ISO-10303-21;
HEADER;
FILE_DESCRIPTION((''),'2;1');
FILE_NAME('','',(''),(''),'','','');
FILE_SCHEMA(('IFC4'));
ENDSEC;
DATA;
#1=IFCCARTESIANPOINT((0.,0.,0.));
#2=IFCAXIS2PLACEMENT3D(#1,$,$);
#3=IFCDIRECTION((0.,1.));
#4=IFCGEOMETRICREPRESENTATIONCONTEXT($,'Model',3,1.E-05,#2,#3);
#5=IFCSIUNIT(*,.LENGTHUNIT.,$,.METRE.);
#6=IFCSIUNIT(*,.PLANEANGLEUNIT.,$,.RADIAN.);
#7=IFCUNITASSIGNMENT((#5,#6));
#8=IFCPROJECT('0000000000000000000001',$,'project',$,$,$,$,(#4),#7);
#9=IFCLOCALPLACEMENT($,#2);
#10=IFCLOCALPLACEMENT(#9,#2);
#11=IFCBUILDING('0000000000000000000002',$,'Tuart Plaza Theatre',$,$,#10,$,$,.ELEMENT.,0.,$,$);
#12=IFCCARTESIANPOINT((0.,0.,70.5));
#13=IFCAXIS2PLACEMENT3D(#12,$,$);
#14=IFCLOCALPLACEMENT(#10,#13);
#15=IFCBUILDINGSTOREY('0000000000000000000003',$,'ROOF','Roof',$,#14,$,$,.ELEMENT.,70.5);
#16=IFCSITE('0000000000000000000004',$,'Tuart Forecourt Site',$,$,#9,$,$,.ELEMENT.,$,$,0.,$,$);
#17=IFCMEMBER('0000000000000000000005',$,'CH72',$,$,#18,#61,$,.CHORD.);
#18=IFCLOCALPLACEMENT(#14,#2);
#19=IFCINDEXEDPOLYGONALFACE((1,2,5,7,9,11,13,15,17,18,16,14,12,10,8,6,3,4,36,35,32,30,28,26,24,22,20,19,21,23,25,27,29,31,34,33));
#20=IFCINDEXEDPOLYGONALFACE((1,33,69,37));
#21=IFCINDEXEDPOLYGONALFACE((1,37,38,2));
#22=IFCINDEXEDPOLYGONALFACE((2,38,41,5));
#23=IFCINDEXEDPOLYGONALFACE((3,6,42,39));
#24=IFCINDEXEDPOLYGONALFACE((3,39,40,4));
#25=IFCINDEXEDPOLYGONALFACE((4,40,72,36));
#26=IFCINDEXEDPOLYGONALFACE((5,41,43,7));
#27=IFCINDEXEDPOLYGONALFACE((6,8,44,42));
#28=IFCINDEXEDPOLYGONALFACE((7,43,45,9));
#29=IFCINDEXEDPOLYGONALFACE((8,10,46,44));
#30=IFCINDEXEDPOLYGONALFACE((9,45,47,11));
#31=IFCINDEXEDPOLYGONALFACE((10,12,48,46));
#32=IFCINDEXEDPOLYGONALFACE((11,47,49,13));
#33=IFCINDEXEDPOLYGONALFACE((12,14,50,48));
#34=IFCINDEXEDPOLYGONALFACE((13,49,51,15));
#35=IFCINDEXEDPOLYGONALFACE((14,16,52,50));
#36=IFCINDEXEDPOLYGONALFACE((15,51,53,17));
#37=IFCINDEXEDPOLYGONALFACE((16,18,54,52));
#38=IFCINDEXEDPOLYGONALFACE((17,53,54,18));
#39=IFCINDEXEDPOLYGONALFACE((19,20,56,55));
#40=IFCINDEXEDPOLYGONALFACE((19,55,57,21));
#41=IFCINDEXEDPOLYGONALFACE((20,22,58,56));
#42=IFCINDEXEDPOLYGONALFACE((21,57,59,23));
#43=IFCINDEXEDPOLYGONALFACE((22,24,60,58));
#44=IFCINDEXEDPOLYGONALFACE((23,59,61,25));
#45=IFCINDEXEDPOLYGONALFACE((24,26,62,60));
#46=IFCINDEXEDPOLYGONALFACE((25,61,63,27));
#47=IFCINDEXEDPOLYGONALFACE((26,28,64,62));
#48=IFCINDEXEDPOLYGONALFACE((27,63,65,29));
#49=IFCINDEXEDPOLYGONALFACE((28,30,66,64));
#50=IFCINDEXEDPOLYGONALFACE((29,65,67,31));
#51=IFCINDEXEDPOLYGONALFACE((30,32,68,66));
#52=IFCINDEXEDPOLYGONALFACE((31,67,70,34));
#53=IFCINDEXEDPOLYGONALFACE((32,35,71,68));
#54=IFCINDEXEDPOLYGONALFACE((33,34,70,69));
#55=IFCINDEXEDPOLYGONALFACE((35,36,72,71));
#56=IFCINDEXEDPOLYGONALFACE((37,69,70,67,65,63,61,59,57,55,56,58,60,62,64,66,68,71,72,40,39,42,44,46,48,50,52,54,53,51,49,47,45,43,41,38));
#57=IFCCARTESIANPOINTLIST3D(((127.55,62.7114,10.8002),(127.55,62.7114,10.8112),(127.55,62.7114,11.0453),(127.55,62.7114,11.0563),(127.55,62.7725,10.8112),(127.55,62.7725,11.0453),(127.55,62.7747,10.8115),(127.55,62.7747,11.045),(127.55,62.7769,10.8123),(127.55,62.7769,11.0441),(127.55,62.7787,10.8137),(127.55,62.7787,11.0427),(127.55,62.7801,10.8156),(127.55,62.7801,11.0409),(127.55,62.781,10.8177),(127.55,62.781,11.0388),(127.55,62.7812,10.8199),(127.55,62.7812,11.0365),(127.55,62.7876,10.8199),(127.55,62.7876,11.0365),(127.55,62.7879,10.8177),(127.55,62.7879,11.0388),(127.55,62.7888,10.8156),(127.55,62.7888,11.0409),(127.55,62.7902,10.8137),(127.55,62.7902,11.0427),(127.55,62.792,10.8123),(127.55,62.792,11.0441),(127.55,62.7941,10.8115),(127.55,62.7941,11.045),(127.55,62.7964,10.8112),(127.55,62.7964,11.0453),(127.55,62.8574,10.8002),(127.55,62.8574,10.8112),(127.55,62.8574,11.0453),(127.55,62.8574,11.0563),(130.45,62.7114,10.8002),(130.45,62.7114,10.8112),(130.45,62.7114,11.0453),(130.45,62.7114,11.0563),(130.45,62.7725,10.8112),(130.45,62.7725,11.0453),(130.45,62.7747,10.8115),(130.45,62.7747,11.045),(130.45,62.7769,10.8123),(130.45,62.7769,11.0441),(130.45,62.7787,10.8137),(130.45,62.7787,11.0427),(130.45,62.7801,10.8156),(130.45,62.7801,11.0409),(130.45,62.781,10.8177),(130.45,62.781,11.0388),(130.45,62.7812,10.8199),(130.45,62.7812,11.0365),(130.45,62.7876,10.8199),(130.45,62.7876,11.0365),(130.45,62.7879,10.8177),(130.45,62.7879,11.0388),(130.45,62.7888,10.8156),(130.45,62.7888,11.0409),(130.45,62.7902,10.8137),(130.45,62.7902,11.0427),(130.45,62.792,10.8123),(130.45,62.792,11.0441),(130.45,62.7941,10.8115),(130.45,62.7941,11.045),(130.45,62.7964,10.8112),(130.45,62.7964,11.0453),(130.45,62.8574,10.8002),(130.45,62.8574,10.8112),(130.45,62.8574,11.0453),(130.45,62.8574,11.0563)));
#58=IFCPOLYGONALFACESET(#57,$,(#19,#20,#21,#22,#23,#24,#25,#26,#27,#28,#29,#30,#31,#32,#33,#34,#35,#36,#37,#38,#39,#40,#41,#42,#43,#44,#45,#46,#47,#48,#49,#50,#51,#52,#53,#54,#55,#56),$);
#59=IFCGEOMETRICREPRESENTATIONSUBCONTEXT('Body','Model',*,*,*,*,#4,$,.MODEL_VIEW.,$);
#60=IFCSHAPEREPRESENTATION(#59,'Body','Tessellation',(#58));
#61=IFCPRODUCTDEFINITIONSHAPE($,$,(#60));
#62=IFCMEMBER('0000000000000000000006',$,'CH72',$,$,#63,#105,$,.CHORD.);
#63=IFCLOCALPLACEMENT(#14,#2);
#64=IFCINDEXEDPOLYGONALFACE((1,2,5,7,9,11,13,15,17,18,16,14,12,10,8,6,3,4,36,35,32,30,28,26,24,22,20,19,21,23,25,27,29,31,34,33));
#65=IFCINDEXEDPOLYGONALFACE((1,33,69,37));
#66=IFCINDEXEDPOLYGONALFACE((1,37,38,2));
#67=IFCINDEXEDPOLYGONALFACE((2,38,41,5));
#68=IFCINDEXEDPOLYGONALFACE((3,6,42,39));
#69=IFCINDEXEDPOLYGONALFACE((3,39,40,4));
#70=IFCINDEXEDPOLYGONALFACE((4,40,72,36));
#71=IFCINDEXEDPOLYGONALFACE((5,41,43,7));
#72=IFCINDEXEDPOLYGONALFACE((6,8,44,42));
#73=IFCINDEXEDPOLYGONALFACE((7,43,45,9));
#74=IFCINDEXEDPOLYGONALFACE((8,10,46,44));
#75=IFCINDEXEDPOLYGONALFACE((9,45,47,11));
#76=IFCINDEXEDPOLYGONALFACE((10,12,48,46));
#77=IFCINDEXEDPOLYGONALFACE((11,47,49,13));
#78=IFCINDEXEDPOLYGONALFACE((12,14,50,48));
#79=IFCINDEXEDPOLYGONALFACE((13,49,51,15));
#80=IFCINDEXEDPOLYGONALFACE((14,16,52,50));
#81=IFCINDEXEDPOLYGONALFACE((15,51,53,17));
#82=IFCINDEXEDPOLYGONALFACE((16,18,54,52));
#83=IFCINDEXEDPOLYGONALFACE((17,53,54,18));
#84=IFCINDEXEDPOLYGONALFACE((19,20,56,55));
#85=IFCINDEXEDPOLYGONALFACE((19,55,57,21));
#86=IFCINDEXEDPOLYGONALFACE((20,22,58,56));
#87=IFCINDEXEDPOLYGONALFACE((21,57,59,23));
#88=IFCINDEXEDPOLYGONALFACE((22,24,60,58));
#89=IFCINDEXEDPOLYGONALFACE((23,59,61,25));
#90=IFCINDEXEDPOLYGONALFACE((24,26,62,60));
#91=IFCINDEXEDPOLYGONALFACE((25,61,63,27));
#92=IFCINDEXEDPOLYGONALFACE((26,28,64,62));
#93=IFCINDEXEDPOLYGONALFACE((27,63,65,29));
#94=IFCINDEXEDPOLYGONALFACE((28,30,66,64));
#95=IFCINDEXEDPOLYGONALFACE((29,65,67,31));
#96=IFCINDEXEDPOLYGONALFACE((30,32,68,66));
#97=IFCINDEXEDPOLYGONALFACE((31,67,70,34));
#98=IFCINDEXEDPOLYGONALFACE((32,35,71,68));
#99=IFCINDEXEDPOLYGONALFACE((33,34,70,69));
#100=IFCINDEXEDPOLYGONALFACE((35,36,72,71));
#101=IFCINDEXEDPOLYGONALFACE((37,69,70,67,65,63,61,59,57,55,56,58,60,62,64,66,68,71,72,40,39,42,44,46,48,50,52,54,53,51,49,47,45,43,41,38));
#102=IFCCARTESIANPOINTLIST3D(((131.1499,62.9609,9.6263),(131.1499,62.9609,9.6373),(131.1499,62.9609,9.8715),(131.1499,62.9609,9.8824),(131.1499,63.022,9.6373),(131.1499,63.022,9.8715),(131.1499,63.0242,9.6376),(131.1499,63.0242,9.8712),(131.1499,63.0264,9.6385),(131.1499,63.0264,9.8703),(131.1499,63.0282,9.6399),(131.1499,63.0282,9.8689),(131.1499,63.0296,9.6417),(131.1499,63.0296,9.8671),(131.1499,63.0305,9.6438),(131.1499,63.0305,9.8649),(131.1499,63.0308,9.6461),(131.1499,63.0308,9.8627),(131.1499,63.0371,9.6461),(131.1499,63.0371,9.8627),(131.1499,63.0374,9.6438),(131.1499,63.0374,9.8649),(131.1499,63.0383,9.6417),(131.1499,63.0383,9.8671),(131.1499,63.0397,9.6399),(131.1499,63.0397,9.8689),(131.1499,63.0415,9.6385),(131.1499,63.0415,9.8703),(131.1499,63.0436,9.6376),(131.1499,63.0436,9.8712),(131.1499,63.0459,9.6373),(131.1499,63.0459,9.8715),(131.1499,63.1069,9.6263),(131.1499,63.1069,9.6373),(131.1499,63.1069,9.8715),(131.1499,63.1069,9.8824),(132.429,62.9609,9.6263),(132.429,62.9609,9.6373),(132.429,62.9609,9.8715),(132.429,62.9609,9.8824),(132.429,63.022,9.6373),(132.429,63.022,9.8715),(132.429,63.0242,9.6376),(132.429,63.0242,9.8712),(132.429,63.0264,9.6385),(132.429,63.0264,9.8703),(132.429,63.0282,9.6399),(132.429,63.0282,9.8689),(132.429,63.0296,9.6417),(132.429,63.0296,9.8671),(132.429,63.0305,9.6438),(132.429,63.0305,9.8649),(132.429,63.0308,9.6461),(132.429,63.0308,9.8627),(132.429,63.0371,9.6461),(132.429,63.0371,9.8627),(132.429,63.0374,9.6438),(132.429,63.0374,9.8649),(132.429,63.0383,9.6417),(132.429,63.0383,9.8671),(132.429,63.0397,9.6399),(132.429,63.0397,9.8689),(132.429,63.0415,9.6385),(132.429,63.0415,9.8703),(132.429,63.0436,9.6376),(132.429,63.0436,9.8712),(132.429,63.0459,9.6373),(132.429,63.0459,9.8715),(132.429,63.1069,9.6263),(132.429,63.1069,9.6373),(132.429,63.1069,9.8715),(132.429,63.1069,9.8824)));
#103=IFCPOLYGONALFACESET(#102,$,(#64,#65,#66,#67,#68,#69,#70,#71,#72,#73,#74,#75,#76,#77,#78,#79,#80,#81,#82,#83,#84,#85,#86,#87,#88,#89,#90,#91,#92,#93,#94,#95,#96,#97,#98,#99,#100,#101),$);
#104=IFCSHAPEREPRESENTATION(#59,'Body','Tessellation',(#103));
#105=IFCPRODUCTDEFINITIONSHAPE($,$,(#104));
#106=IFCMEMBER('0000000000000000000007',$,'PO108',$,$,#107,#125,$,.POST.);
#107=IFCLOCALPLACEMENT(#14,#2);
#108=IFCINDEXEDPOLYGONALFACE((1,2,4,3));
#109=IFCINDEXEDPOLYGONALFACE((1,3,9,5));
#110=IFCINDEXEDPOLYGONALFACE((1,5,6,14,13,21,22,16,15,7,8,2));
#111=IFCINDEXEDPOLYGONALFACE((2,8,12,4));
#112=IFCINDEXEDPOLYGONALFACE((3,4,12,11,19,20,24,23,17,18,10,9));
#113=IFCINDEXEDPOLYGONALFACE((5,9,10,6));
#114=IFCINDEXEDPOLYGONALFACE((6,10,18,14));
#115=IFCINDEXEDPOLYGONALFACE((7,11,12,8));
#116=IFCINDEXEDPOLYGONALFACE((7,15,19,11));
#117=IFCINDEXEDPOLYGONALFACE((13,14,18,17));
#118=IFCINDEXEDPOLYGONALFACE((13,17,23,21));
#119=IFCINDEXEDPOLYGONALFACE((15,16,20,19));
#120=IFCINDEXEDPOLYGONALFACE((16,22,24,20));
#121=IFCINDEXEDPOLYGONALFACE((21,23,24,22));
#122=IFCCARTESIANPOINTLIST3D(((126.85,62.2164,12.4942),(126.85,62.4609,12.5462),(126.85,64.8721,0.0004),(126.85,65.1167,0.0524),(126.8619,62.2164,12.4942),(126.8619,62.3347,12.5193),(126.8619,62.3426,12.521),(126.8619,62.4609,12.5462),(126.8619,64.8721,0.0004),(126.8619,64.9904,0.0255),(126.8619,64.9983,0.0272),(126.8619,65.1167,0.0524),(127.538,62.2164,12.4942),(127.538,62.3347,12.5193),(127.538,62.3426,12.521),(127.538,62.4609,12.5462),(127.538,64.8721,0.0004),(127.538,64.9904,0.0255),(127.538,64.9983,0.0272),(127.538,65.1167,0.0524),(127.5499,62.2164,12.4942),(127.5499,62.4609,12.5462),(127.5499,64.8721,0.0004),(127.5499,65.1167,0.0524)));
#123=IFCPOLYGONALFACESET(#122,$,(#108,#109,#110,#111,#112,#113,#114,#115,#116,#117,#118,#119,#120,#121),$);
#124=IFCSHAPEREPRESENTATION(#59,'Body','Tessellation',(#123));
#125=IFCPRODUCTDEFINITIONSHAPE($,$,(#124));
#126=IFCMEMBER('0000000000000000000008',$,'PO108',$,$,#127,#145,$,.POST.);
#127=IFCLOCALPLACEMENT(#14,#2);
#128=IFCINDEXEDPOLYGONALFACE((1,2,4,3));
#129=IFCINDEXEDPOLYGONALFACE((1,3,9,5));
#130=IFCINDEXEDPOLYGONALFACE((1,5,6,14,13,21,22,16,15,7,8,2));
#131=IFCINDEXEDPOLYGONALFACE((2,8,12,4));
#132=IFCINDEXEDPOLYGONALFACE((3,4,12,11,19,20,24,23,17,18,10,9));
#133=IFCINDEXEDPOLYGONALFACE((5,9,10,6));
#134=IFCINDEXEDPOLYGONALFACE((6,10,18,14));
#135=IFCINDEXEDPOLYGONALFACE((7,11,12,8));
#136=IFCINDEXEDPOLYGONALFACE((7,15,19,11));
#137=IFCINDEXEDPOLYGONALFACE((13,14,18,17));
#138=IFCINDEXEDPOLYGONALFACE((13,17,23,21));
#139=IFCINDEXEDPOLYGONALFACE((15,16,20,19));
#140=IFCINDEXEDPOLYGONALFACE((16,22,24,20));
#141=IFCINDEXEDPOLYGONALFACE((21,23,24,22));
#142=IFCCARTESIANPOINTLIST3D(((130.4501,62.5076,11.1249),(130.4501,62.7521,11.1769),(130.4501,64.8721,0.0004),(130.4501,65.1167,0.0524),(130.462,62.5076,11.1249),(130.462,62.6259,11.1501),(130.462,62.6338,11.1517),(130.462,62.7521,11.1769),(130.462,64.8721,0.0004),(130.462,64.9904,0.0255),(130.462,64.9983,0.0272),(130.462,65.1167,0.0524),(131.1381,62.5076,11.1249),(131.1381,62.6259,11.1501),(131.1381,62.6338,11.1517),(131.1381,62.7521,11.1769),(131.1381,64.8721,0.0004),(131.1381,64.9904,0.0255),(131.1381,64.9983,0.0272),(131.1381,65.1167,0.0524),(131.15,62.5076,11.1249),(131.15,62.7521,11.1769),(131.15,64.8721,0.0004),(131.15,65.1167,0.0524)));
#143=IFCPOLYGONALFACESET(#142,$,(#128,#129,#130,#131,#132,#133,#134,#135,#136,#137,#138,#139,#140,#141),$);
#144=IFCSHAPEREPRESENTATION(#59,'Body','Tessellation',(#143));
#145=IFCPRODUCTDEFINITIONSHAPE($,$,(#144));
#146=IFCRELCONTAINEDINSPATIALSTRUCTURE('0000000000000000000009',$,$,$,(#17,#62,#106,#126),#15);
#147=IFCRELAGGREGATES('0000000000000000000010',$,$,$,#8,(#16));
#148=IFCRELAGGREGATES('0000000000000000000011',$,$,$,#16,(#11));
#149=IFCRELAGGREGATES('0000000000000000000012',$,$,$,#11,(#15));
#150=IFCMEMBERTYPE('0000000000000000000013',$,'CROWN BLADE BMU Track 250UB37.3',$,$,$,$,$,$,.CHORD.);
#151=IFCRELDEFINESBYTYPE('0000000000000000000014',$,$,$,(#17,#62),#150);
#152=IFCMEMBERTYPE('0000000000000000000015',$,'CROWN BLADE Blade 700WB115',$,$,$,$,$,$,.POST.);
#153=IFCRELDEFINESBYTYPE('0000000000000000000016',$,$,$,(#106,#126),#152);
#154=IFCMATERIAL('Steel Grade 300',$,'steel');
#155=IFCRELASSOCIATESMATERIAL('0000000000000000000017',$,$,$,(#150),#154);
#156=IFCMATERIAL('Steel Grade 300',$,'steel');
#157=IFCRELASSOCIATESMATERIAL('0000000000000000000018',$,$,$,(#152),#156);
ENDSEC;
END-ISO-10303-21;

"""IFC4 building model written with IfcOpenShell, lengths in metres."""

from ifc_helpers import new_model, si_unit, direction, frame, origin, origin_2d, place, context, subcontext, project, spatial, i_section, extrude, material, material_profile, profile_set, type_object, element, save


model = new_model("IFC4")

# Units and contexts
model_context = context("Model", 3, precision=1e-05, world=origin(), true_north=direction((0.0, 1.0)))
body_context = subcontext(model_context, "Body", "Model", "MODEL_VIEW")
ifc_project = project(units=[si_unit("LENGTHUNIT", "METRE"), si_unit("PLANEANGLEUNIT", "RADIAN")], contexts=[model_context])

# Site, building, storey
site_placement = place(None, origin())
site = spatial("IfcSite", under=ifc_project, at=site_placement, Name="Tuart Forecourt Site", CompositionType="ELEMENT", RefElevation=0.0)
building_placement = place(site_placement, origin())
building = spatial("IfcBuilding", under=site, at=building_placement, Name="Tuart Plaza Theatre", CompositionType="ELEMENT", ElevationOfRefHeight=0.0)
storey_placement = place(building_placement, frame((0.0, 0.0, 70.5)))
storey = spatial("IfcBuildingStorey", under=building, at=storey_placement, Name="ROOF", Description="Roof", CompositionType="ELEMENT", Elevation=70.5)

# Members
ifc_material_1 = material(Name="Steel Grade 300", Category="steel")
ifc_material_profile_1 = material_profile(ifc_material_1, i_section(OverallWidth=0.146, OverallDepth=0.2561, WebThickness=0.0063, FlangeThickness=0.011, FilletRadius=0.0088, at=origin_2d()), Name="250UB37.3")
ifc_profile_set_1 = profile_set([ifc_material_profile_1], Name="Steel Grade 300")
member_type_1 = type_object("IfcMemberType", Name="CROWN BLADE BMU Track 250UB37.3", PredefinedType="CHORD", material=ifc_profile_set_1)
member_1_placement = place(storey_placement, frame((127.55, 62.7844, 10.9282), z_axis=(1.0, 0.0, 0.0), x_axis=(0.0, 1.0, 0.0)))
element("IfcMember", 1, at=member_1_placement, inside=storey, type_object=member_type_1, Name="CH72", PredefinedType="CHORD", context=body_context, shape_type="SweptSolid", body=[
    extrude(i_section(OverallWidth=0.146, OverallDepth=0.2561, WebThickness=0.0063, FlangeThickness=0.011, FilletRadius=0.0088, at=origin_2d()), origin(), (0.0, 0.0, 1.0), 2.8999),
])
member_2_placement = place(storey_placement, frame((131.1499, 63.0339, 9.7544), z_axis=(1.0, 0.0, 0.0), x_axis=(0.0, 1.0, 0.0)))
element("IfcMember", 2, at=member_2_placement, inside=storey, type_object=member_type_1, Name="CH72", PredefinedType="CHORD", context=body_context, shape_type="SweptSolid", body=[
    extrude(i_section(OverallWidth=0.146, OverallDepth=0.2561, WebThickness=0.0063, FlangeThickness=0.011, FilletRadius=0.0088, at=origin_2d()), origin(), (0.0, 0.0, 1.0), 1.2791),
])
ifc_material_2 = material(Name="Steel Grade 300", Category="steel")
ifc_material_profile_2 = material_profile(ifc_material_2, i_section(OverallWidth=0.25, OverallDepth=0.7, WebThickness=0.0081, FlangeThickness=0.012, at=origin_2d()), Name="700WB115")
ifc_profile_set_2 = profile_set([ifc_material_profile_2], Name="Steel Grade 300")
member_type_2 = type_object("IfcMemberType", Name="CROWN BLADE Blade 700WB115", PredefinedType="POST", material=ifc_profile_set_2)
member_3_placement = place(storey_placement, frame((127.2, 64.9944, 0.0264), z_axis=(0.0, -0.207919, 0.978146), x_axis=(0.0, 0.978146, 0.207919)))
element("IfcMember", 3, at=member_3_placement, inside=storey, type_object=member_type_2, Name="PO108", PredefinedType="POST", context=body_context, shape_type="SweptSolid", body=[
    extrude(i_section(OverallWidth=0.25, OverallDepth=0.7, WebThickness=0.0081, FlangeThickness=0.012, at=origin_2d()), origin(), (0.0, 0.0, 1.0), 12.7729),
])
member_4_placement = place(storey_placement, frame((130.8, 64.9944, 0.0264), z_axis=(0.0, -0.207904, 0.978149), x_axis=(0.0, 0.978149, 0.207904)))
element("IfcMember", 4, at=member_4_placement, inside=storey, type_object=member_type_2, Name="PO108", PredefinedType="POST", context=body_context, shape_type="SweptSolid", body=[
    extrude(i_section(OverallWidth=0.25, OverallDepth=0.7, WebThickness=0.0081, FlangeThickness=0.012, at=origin_2d()), origin(), (0.0, 0.0, 1.0), 11.373),
])

save(model, "model.ifc")
